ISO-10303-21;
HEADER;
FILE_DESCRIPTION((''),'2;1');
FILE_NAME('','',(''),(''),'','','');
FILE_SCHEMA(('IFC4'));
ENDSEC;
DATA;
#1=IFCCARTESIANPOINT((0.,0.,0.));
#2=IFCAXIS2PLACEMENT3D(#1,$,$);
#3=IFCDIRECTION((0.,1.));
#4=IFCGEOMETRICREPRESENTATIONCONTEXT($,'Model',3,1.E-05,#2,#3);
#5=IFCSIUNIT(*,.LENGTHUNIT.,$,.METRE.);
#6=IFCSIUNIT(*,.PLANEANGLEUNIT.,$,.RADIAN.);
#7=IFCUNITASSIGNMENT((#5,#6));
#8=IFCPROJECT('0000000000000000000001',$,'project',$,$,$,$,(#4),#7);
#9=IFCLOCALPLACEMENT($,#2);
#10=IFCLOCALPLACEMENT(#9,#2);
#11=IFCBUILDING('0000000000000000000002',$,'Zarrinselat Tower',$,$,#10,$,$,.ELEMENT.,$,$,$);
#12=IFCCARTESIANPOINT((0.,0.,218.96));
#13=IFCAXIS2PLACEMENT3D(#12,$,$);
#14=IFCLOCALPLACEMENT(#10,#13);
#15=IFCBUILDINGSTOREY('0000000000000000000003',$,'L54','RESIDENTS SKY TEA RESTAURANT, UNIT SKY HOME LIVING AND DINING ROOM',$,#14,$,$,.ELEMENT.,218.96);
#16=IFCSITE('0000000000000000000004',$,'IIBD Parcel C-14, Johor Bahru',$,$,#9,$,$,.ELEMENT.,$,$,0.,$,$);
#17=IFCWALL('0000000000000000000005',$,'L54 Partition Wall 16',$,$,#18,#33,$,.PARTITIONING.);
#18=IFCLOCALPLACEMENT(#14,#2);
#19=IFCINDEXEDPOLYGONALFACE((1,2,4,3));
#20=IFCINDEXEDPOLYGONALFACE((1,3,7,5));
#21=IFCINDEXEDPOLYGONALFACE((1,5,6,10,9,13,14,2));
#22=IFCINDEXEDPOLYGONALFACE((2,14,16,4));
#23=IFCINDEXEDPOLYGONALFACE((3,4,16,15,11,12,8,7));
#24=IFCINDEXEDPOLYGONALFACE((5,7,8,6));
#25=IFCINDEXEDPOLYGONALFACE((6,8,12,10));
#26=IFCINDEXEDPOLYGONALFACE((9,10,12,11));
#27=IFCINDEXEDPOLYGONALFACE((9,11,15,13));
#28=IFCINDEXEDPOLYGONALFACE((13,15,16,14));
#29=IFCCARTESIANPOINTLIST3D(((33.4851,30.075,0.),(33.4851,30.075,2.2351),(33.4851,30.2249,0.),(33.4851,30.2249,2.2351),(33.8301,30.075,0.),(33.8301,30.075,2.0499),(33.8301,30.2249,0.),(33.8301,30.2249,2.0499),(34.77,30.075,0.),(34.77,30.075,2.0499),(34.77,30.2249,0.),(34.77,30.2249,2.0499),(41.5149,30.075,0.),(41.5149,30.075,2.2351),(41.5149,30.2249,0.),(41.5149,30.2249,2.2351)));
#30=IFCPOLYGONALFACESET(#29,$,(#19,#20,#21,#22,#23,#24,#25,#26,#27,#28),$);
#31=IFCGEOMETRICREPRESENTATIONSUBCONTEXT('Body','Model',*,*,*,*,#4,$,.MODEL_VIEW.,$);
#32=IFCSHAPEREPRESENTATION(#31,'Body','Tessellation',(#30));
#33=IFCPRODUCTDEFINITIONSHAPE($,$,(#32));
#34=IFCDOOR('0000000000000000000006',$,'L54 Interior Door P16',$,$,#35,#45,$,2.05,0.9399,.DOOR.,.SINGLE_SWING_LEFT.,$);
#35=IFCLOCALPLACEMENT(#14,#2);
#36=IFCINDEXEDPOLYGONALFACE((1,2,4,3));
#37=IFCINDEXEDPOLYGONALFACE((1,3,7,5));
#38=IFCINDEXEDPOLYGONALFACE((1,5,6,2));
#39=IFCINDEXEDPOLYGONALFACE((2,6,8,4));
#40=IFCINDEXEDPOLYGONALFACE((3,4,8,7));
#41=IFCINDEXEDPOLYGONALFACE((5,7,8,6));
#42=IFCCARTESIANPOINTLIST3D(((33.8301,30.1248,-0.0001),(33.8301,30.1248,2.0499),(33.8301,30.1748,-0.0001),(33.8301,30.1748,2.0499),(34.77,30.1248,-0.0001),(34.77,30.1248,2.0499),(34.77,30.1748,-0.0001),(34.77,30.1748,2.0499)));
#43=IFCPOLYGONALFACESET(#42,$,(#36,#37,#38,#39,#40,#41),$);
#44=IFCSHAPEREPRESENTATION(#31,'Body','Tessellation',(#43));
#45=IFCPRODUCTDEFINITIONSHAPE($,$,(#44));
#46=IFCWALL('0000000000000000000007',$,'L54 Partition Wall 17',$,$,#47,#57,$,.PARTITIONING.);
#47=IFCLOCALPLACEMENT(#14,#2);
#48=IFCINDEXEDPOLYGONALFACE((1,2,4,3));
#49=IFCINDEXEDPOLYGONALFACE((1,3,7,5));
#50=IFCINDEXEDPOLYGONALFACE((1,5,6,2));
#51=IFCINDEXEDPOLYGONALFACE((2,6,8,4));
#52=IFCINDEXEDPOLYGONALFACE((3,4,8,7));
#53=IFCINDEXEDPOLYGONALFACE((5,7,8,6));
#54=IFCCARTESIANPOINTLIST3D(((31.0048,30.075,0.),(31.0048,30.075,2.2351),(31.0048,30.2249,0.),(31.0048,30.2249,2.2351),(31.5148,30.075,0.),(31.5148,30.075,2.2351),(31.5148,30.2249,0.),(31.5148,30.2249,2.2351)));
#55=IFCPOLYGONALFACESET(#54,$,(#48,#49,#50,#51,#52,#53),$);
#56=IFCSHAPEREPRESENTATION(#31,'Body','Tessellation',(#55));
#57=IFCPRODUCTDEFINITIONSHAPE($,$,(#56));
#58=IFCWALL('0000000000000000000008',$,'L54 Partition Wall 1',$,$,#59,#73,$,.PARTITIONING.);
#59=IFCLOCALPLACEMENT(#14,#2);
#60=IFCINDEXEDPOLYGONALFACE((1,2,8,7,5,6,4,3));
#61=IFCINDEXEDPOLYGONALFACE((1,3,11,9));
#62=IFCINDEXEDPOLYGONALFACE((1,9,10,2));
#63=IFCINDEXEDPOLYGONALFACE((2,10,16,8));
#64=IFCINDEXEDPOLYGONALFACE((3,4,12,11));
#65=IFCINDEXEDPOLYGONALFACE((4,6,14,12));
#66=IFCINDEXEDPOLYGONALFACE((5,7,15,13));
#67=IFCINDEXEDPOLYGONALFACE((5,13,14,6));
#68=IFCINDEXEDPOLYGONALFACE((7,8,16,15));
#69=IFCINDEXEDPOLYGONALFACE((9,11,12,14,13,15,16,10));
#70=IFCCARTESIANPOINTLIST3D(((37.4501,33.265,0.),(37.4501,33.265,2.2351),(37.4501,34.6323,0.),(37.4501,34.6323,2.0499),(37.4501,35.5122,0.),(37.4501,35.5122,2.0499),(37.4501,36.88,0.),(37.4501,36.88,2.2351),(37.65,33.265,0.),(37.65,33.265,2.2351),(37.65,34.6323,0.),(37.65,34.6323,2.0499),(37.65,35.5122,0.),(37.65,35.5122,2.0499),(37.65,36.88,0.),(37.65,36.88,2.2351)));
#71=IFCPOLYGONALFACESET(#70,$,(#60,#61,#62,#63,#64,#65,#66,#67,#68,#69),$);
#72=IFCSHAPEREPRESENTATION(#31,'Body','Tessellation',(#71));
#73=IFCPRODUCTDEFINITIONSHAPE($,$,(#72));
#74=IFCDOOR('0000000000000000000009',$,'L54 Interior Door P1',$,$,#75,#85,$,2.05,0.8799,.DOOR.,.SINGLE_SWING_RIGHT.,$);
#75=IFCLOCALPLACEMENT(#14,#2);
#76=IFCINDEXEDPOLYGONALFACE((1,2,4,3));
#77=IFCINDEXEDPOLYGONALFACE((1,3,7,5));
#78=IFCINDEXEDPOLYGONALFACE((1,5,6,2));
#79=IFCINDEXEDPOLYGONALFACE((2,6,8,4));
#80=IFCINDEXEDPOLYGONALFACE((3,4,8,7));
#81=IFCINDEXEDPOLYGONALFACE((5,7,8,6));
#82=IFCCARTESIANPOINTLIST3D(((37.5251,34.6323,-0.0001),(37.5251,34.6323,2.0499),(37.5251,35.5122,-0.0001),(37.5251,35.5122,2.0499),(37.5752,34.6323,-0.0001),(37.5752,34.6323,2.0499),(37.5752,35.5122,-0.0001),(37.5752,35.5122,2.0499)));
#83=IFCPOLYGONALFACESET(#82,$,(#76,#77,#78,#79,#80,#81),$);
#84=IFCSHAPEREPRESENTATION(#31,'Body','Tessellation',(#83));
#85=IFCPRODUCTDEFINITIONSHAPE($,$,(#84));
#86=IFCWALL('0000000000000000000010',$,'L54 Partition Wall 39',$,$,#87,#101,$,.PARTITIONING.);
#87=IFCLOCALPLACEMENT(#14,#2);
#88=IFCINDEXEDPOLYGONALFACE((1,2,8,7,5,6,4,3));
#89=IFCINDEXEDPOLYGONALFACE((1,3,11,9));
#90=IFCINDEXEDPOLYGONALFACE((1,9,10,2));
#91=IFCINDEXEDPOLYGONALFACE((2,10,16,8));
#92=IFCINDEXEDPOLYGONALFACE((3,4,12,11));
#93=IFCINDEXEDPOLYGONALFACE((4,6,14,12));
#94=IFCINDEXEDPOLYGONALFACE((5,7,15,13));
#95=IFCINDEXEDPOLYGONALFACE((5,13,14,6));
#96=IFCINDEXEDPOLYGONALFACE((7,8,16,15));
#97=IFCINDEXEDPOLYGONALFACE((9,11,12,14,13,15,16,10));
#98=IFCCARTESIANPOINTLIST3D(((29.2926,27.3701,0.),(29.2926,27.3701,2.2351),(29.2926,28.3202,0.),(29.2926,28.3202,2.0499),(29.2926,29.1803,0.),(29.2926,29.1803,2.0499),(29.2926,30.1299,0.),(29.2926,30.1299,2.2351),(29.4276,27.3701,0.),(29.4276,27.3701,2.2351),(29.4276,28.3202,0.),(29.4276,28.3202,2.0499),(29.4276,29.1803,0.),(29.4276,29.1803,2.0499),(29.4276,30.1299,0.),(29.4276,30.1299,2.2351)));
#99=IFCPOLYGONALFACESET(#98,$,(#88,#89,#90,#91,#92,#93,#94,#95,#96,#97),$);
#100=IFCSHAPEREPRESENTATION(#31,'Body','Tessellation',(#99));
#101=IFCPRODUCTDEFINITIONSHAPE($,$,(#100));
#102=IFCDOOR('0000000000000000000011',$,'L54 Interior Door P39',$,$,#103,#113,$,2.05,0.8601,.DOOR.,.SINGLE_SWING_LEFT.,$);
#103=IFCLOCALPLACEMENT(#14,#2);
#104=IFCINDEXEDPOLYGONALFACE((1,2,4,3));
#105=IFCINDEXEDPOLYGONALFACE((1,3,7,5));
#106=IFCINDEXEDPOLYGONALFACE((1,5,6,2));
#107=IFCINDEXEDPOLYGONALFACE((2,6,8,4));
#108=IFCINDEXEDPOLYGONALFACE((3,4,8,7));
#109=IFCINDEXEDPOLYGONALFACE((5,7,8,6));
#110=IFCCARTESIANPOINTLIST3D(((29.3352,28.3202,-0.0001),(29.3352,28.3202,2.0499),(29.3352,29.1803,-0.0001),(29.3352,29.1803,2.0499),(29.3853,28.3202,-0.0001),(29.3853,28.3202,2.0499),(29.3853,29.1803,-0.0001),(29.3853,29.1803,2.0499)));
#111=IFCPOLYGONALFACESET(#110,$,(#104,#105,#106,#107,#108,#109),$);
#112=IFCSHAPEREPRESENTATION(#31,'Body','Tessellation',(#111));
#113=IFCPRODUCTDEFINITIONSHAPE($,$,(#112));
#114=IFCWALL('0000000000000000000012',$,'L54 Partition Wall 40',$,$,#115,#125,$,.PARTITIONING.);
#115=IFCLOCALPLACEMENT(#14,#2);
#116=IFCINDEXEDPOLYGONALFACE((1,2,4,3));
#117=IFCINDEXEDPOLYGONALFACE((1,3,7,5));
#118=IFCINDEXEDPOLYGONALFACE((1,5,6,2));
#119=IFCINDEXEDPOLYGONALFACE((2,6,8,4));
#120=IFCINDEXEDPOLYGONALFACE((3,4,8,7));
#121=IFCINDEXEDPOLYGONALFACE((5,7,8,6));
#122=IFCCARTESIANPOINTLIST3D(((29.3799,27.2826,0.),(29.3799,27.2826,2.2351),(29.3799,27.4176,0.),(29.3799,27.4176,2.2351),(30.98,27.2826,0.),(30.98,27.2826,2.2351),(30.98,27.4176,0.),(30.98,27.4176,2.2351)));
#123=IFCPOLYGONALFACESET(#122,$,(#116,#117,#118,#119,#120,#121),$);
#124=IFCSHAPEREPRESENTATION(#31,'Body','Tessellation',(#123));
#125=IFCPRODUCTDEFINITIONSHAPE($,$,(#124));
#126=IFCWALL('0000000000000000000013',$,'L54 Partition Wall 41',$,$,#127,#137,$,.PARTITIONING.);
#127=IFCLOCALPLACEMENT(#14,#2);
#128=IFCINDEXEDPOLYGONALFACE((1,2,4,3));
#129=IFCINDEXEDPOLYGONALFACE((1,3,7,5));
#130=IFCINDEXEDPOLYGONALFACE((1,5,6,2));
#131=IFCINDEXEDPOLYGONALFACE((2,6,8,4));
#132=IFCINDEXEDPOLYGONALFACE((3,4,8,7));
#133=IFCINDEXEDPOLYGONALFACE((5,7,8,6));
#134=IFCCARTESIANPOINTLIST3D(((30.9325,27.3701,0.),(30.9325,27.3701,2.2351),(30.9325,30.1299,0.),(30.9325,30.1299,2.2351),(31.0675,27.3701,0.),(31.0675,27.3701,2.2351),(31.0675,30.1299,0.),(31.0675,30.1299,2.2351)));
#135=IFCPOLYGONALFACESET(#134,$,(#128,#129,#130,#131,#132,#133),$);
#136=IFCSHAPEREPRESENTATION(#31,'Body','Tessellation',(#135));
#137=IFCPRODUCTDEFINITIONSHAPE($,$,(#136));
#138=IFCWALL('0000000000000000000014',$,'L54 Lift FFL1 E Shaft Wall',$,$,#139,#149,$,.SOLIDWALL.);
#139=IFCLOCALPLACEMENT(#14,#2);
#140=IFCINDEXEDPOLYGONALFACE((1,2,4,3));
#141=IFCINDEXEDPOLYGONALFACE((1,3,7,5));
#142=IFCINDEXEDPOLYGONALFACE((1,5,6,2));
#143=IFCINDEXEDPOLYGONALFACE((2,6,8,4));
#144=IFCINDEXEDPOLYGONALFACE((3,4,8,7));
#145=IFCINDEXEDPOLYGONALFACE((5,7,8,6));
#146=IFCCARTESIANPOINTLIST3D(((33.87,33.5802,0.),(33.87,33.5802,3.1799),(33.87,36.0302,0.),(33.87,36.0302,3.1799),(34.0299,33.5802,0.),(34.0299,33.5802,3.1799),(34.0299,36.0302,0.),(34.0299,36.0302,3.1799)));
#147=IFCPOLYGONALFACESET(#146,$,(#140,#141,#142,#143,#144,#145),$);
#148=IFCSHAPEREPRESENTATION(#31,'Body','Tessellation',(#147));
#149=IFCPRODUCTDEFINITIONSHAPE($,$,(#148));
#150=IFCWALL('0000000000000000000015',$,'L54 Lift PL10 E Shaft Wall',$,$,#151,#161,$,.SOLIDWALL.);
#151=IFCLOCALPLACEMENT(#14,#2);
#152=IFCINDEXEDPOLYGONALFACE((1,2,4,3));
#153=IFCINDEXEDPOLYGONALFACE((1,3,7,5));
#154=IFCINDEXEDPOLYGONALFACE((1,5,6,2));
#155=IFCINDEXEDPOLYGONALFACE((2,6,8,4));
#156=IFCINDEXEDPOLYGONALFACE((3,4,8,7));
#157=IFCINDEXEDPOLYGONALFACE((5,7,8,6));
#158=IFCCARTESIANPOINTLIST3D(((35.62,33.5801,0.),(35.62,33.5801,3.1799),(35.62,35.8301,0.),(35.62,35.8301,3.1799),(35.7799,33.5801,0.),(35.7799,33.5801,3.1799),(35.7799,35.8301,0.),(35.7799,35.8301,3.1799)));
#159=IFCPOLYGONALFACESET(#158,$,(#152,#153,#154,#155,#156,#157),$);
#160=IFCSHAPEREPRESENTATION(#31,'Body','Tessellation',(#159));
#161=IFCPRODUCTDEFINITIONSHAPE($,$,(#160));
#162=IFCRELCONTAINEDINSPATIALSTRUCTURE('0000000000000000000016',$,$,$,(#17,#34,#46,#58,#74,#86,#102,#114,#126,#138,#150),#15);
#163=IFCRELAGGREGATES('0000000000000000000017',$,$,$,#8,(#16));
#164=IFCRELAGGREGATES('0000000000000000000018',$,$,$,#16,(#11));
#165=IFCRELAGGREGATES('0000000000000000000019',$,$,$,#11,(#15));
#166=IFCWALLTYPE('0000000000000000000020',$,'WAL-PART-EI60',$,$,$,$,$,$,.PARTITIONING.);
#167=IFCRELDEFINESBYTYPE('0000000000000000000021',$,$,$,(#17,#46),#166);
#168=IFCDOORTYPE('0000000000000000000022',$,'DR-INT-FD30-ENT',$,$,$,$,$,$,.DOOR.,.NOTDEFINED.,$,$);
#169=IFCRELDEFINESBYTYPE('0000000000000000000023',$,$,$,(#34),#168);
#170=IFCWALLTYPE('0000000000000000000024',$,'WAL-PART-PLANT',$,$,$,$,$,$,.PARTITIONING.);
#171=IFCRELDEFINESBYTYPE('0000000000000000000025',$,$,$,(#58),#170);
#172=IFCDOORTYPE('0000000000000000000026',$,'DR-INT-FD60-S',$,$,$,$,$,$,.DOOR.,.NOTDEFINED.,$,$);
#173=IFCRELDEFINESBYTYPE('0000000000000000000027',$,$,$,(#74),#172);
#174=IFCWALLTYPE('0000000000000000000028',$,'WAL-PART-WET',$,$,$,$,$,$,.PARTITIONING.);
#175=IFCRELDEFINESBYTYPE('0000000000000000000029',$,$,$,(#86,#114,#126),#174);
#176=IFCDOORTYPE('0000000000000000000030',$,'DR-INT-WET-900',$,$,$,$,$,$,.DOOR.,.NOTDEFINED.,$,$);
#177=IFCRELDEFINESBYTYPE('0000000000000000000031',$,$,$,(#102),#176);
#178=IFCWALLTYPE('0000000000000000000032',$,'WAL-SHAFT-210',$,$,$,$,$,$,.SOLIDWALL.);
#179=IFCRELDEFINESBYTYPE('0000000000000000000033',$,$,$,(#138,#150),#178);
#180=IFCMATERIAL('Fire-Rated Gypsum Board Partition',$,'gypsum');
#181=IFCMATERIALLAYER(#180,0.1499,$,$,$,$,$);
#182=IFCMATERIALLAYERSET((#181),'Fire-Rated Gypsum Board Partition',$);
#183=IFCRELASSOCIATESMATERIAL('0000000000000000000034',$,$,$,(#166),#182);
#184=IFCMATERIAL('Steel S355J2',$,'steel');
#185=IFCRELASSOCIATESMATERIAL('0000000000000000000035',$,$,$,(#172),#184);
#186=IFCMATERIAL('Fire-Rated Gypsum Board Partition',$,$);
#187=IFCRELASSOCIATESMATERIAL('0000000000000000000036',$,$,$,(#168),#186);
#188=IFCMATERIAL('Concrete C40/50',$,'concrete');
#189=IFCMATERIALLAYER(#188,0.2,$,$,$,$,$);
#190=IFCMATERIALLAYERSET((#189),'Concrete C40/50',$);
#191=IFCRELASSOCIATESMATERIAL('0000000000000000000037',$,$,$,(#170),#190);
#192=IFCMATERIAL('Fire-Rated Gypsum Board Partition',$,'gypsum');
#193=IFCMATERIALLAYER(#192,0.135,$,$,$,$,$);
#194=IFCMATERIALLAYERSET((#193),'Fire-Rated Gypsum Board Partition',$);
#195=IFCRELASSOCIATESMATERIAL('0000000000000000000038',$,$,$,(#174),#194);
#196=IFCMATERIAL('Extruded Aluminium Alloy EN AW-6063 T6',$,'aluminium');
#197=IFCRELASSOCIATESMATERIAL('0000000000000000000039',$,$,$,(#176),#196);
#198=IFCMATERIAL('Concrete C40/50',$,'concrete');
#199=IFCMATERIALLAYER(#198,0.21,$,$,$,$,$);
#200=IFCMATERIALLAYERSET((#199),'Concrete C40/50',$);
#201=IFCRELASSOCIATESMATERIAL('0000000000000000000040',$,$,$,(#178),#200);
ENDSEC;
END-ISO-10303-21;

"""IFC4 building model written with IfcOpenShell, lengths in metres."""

from ifc_helpers import new_model, si_unit, direction, frame, frame_2d, origin, place, context, subcontext, project, spatial, rectangle, extrude, material, layer, layer_set, type_object, element, fill, save


model = new_model("IFC4")

# Units and contexts
model_context = context("Model", 3, precision=1e-05, world=origin(), true_north=direction((0.0, 1.0)))
body_context = subcontext(model_context, "Body", "Model", "MODEL_VIEW")
ifc_project = project(units=[si_unit("LENGTHUNIT", "METRE"), si_unit("PLANEANGLEUNIT", "RADIAN")], contexts=[model_context])

# Site, building, storey
site_placement = place(None, origin())
site = spatial("IfcSite", under=ifc_project, at=site_placement, Name="IIBD Parcel C-14, Johor Bahru", CompositionType="ELEMENT", RefElevation=0.0)
building_placement = place(site_placement, origin())
building = spatial("IfcBuilding", under=site, at=building_placement, Name="Zarrinselat Tower", CompositionType="ELEMENT")
storey_placement = place(building_placement, frame((0.0, 0.0, 218.96)))
storey = spatial("IfcBuildingStorey", under=building, at=storey_placement, Name="L54", Description="RESIDENTS SKY TEA RESTAURANT, UNIT SKY HOME LIVING AND DINING ROOM", CompositionType="ELEMENT", Elevation=218.96)

# Wall, opening, door
ifc_material_1 = material(Name="Fire-Rated Gypsum Board Partition", Category="gypsum")
ifc_layer_1 = layer(ifc_material_1, 0.1499)
ifc_layer_set_1 = layer_set([ifc_layer_1], Name="Fire-Rated Gypsum Board Partition")
wall_type_1 = type_object("IfcWallType", Name="WAL-PART-EI60", PredefinedType="PARTITIONING", material=ifc_layer_set_1)
ifc_material_2 = material(Name="Steel S355J2", Category="steel")
door_type_1 = type_object("IfcDoorType", Name="DR-INT-FD60-S", OperationType="NOTDEFINED", PredefinedType="DOOR", material=ifc_material_2)
wall_1_placement = place(storey_placement, frame((33.4851, 30.1499, 0.0), z_axis=(0.0, 0.0, 1.0), x_axis=(1.0, 0.0, 0.0)))
wall_1 = element("IfcWall", 1, at=wall_1_placement, inside=storey, type_object=wall_type_1, Name="L54 Partition Wall 16", PredefinedType="PARTITIONING", context=body_context, shape_type="SweptSolid", body=[
    extrude(rectangle(XDim=8.0298, YDim=0.1499, at=frame_2d((4.0149, 0.0))), origin(), (0.0, 0.0, 1.0), 2.2351),
])
opening_1_placement = place(wall_1_placement, frame((0.345, 0.0, 0.0)))
opening_1 = element("IfcOpeningElement", 2, at=opening_1_placement, cuts=wall_1, PredefinedType="OPENING", context=body_context, shape_type="SweptSolid", body=[
    extrude(rectangle(XDim=0.9399, YDim=2.05, at=frame_2d((0.47, 1.0249))), frame((0.0, 0.085, 0.0), z_axis=(0.0, -1.0, 0.0), x_axis=(1.0, 0.0, 0.0)), (0.0, 0.0, 1.0), 0.1699),
])
ifc_material_3 = material(Name="Fire-Rated Gypsum Board Partition")
door_type_2 = type_object("IfcDoorType", Name="DR-INT-FD30-ENT", OperationType="NOTDEFINED", PredefinedType="DOOR", material=ifc_material_3)
door_1_placement = place(opening_1_placement, origin())
door_1 = element("IfcDoor", 3, at=door_1_placement, inside=storey, type_object=door_type_2, Name="L54 Interior Door P16", OperationType="SINGLE_SWING_LEFT", OverallHeight=2.05, OverallWidth=0.9399, PredefinedType="DOOR", context=body_context, shape_type="SweptSolid", body=[
    extrude(rectangle(XDim=0.9399, YDim=2.05, at=frame_2d((0.47, 1.0249))), frame((0.0, 0.0249, 0.0), z_axis=(0.0, -1.0, 0.0), x_axis=(1.0, 0.0, 0.0)), (0.0, 0.0, 1.0), 0.05),
])
fill(opening_1, door_1)

# Wall
wall_2_placement = place(storey_placement, frame((31.0049, 30.1499, 0.0), z_axis=(0.0, 0.0, 1.0), x_axis=(1.0, 0.0, 0.0)))
element("IfcWall", 4, at=wall_2_placement, inside=storey, type_object=wall_type_1, Name="L54 Partition Wall 17", PredefinedType="PARTITIONING", context=body_context, shape_type="SweptSolid", body=[
    extrude(rectangle(XDim=0.51, YDim=0.1499, at=frame_2d((0.2549, 0.0))), origin(), (0.0, 0.0, 1.0), 2.2351),
])

# Walls, openings, doors
ifc_material_4 = material(Name="Concrete C40/50", Category="concrete")
ifc_layer_2 = layer(ifc_material_4, 0.2)
ifc_layer_set_2 = layer_set([ifc_layer_2], Name="Concrete C40/50")
wall_type_2 = type_object("IfcWallType", Name="WAL-PART-PLANT", PredefinedType="PARTITIONING", material=ifc_layer_set_2)
wall_3_placement = place(storey_placement, frame((37.55, 33.2649, 0.0), z_axis=(0.0, 0.0, 1.0), x_axis=(0.0, 1.0, 0.0)))
wall_3 = element("IfcWall", 5, at=wall_3_placement, inside=storey, type_object=wall_type_2, Name="L54 Partition Wall 1", PredefinedType="PARTITIONING", context=body_context, shape_type="SweptSolid", body=[
    extrude(rectangle(XDim=3.615, YDim=0.2, at=frame_2d((1.8076, 0.0))), origin(), (0.0, 0.0, 1.0), 2.2351),
])
opening_2_placement = place(wall_3_placement, frame((1.3674, 0.0, 0.0)))
opening_2 = element("IfcOpeningElement", 6, at=opening_2_placement, cuts=wall_3, PredefinedType="OPENING", context=body_context, shape_type="SweptSolid", body=[
    extrude(rectangle(XDim=0.8799, YDim=2.05, at=frame_2d((0.4399, 1.0249))), frame((0.0, 0.1099, 0.0), z_axis=(0.0, -1.0, 0.0), x_axis=(1.0, 0.0, 0.0)), (0.0, 0.0, 1.0), 0.22),
])
door_2_placement = place(opening_2_placement, origin())
door_2 = element("IfcDoor", 7, at=door_2_placement, inside=storey, type_object=door_type_1, Name="L54 Interior Door P1", OperationType="SINGLE_SWING_RIGHT", OverallHeight=2.05, OverallWidth=0.8799, PredefinedType="DOOR", context=body_context, shape_type="SweptSolid", body=[
    extrude(rectangle(XDim=0.8799, YDim=2.05, at=frame_2d((0.4399, 1.0249))), frame((0.0, 0.0249, 0.0), z_axis=(0.0, -1.0, 0.0), x_axis=(1.0, 0.0, 0.0)), (0.0, 0.0, 1.0), 0.05),
])
fill(opening_2, door_2)
ifc_material_5 = material(Name="Fire-Rated Gypsum Board Partition", Category="gypsum")
ifc_layer_3 = layer(ifc_material_5, 0.135)
ifc_layer_set_3 = layer_set([ifc_layer_3], Name="Fire-Rated Gypsum Board Partition")
wall_type_3 = type_object("IfcWallType", Name="WAL-PART-WET", PredefinedType="PARTITIONING", material=ifc_layer_set_3)
wall_4_placement = place(storey_placement, frame((29.3601, 27.3701, 0.0), z_axis=(0.0, 0.0, 1.0), x_axis=(0.0, 1.0, 0.0)))
wall_4 = element("IfcWall", 8, at=wall_4_placement, inside=storey, type_object=wall_type_3, Name="L54 Partition Wall 39", PredefinedType="PARTITIONING", context=body_context, shape_type="SweptSolid", body=[
    extrude(rectangle(XDim=2.7598, YDim=0.135, at=frame_2d((1.3799, 0.0))), origin(), (0.0, 0.0, 1.0), 2.2351),
])
opening_3_placement = place(wall_4_placement, frame((0.95, 0.0, 0.0)))
opening_3 = element("IfcOpeningElement", 9, at=opening_3_placement, cuts=wall_4, PredefinedType="OPENING", context=body_context, shape_type="SweptSolid", body=[
    extrude(rectangle(XDim=0.8601, YDim=2.05, at=frame_2d((0.4302, 1.0249))), frame((0.0, 0.0774, 0.0), z_axis=(0.0, -1.0, 0.0), x_axis=(1.0, 0.0, 0.0)), (0.0, 0.0, 1.0), 0.155),
])
ifc_material_6 = material(Name="Extruded Aluminium Alloy EN AW-6063 T6", Category="aluminium")
door_type_3 = type_object("IfcDoorType", Name="DR-INT-WET-900", OperationType="NOTDEFINED", PredefinedType="DOOR", material=ifc_material_6)
door_3_placement = place(opening_3_placement, origin())
door_3 = element("IfcDoor", 10, at=door_3_placement, inside=storey, type_object=door_type_3, Name="L54 Interior Door P39", OperationType="SINGLE_SWING_LEFT", OverallHeight=2.05, OverallWidth=0.8601, PredefinedType="DOOR", context=body_context, shape_type="SweptSolid", body=[
    extrude(rectangle(XDim=0.8601, YDim=2.05, at=frame_2d((0.4302, 1.0249))), frame((0.0, 0.0249, 0.0), z_axis=(0.0, -1.0, 0.0), x_axis=(1.0, 0.0, 0.0)), (0.0, 0.0, 1.0), 0.05),
])
fill(opening_3, door_3)

# Walls
wall_5_placement = place(storey_placement, frame((29.3799, 27.3501, 0.0), z_axis=(0.0, 0.0, 1.0), x_axis=(1.0, 0.0, 0.0)))
element("IfcWall", 11, at=wall_5_placement, inside=storey, type_object=wall_type_3, Name="L54 Partition Wall 40", PredefinedType="PARTITIONING", context=body_context, shape_type="SweptSolid", body=[
    extrude(rectangle(XDim=1.6001, YDim=0.135, at=frame_2d((0.8, 0.0))), origin(), (0.0, 0.0, 1.0), 2.2351),
])
wall_6_placement = place(storey_placement, frame((31.0, 27.3701, 0.0), z_axis=(0.0, 0.0, 1.0), x_axis=(0.0, 1.0, 0.0)))
element("IfcWall", 12, at=wall_6_placement, inside=storey, type_object=wall_type_3, Name="L54 Partition Wall 41", PredefinedType="PARTITIONING", context=body_context, shape_type="SweptSolid", body=[
    extrude(rectangle(XDim=2.7598, YDim=0.135, at=frame_2d((1.3799, 0.0))), origin(), (0.0, 0.0, 1.0), 2.2351),
])
ifc_material_7 = material(Name="Concrete C40/50", Category="concrete")
ifc_layer_4 = layer(ifc_material_7, 0.21)
ifc_layer_set_4 = layer_set([ifc_layer_4], Name="Concrete C40/50")
wall_type_4 = type_object("IfcWallType", Name="WAL-SHAFT-210", PredefinedType="SOLIDWALL", material=ifc_layer_set_4)
wall_7_placement = place(storey_placement, frame((33.95, 33.5801, 0.0), z_axis=(0.0, 0.0, 1.0), x_axis=(0.0, 1.0, 0.0)))
element("IfcWall", 13, at=wall_7_placement, inside=storey, type_object=wall_type_4, Name="L54 Lift FFL1 E Shaft Wall", PredefinedType="SOLIDWALL", context=body_context, shape_type="SweptSolid", body=[
    extrude(rectangle(XDim=2.45, YDim=0.1599, at=frame_2d((1.2251, 0.0))), origin(), (0.0, 0.0, 1.0), 3.1799),
])
wall_8_placement = place(storey_placement, frame((35.7, 33.5801, 0.0), z_axis=(0.0, 0.0, 1.0), x_axis=(0.0, 1.0, 0.0)))
element("IfcWall", 14, at=wall_8_placement, inside=storey, type_object=wall_type_4, Name="L54 Lift PL10 E Shaft Wall", PredefinedType="SOLIDWALL", context=body_context, shape_type="SweptSolid", body=[
    extrude(rectangle(XDim=2.25, YDim=0.1599, at=frame_2d((1.125, 0.0))), origin(), (0.0, 0.0, 1.0), 3.1799),
])

save(model, "model.ifc")
